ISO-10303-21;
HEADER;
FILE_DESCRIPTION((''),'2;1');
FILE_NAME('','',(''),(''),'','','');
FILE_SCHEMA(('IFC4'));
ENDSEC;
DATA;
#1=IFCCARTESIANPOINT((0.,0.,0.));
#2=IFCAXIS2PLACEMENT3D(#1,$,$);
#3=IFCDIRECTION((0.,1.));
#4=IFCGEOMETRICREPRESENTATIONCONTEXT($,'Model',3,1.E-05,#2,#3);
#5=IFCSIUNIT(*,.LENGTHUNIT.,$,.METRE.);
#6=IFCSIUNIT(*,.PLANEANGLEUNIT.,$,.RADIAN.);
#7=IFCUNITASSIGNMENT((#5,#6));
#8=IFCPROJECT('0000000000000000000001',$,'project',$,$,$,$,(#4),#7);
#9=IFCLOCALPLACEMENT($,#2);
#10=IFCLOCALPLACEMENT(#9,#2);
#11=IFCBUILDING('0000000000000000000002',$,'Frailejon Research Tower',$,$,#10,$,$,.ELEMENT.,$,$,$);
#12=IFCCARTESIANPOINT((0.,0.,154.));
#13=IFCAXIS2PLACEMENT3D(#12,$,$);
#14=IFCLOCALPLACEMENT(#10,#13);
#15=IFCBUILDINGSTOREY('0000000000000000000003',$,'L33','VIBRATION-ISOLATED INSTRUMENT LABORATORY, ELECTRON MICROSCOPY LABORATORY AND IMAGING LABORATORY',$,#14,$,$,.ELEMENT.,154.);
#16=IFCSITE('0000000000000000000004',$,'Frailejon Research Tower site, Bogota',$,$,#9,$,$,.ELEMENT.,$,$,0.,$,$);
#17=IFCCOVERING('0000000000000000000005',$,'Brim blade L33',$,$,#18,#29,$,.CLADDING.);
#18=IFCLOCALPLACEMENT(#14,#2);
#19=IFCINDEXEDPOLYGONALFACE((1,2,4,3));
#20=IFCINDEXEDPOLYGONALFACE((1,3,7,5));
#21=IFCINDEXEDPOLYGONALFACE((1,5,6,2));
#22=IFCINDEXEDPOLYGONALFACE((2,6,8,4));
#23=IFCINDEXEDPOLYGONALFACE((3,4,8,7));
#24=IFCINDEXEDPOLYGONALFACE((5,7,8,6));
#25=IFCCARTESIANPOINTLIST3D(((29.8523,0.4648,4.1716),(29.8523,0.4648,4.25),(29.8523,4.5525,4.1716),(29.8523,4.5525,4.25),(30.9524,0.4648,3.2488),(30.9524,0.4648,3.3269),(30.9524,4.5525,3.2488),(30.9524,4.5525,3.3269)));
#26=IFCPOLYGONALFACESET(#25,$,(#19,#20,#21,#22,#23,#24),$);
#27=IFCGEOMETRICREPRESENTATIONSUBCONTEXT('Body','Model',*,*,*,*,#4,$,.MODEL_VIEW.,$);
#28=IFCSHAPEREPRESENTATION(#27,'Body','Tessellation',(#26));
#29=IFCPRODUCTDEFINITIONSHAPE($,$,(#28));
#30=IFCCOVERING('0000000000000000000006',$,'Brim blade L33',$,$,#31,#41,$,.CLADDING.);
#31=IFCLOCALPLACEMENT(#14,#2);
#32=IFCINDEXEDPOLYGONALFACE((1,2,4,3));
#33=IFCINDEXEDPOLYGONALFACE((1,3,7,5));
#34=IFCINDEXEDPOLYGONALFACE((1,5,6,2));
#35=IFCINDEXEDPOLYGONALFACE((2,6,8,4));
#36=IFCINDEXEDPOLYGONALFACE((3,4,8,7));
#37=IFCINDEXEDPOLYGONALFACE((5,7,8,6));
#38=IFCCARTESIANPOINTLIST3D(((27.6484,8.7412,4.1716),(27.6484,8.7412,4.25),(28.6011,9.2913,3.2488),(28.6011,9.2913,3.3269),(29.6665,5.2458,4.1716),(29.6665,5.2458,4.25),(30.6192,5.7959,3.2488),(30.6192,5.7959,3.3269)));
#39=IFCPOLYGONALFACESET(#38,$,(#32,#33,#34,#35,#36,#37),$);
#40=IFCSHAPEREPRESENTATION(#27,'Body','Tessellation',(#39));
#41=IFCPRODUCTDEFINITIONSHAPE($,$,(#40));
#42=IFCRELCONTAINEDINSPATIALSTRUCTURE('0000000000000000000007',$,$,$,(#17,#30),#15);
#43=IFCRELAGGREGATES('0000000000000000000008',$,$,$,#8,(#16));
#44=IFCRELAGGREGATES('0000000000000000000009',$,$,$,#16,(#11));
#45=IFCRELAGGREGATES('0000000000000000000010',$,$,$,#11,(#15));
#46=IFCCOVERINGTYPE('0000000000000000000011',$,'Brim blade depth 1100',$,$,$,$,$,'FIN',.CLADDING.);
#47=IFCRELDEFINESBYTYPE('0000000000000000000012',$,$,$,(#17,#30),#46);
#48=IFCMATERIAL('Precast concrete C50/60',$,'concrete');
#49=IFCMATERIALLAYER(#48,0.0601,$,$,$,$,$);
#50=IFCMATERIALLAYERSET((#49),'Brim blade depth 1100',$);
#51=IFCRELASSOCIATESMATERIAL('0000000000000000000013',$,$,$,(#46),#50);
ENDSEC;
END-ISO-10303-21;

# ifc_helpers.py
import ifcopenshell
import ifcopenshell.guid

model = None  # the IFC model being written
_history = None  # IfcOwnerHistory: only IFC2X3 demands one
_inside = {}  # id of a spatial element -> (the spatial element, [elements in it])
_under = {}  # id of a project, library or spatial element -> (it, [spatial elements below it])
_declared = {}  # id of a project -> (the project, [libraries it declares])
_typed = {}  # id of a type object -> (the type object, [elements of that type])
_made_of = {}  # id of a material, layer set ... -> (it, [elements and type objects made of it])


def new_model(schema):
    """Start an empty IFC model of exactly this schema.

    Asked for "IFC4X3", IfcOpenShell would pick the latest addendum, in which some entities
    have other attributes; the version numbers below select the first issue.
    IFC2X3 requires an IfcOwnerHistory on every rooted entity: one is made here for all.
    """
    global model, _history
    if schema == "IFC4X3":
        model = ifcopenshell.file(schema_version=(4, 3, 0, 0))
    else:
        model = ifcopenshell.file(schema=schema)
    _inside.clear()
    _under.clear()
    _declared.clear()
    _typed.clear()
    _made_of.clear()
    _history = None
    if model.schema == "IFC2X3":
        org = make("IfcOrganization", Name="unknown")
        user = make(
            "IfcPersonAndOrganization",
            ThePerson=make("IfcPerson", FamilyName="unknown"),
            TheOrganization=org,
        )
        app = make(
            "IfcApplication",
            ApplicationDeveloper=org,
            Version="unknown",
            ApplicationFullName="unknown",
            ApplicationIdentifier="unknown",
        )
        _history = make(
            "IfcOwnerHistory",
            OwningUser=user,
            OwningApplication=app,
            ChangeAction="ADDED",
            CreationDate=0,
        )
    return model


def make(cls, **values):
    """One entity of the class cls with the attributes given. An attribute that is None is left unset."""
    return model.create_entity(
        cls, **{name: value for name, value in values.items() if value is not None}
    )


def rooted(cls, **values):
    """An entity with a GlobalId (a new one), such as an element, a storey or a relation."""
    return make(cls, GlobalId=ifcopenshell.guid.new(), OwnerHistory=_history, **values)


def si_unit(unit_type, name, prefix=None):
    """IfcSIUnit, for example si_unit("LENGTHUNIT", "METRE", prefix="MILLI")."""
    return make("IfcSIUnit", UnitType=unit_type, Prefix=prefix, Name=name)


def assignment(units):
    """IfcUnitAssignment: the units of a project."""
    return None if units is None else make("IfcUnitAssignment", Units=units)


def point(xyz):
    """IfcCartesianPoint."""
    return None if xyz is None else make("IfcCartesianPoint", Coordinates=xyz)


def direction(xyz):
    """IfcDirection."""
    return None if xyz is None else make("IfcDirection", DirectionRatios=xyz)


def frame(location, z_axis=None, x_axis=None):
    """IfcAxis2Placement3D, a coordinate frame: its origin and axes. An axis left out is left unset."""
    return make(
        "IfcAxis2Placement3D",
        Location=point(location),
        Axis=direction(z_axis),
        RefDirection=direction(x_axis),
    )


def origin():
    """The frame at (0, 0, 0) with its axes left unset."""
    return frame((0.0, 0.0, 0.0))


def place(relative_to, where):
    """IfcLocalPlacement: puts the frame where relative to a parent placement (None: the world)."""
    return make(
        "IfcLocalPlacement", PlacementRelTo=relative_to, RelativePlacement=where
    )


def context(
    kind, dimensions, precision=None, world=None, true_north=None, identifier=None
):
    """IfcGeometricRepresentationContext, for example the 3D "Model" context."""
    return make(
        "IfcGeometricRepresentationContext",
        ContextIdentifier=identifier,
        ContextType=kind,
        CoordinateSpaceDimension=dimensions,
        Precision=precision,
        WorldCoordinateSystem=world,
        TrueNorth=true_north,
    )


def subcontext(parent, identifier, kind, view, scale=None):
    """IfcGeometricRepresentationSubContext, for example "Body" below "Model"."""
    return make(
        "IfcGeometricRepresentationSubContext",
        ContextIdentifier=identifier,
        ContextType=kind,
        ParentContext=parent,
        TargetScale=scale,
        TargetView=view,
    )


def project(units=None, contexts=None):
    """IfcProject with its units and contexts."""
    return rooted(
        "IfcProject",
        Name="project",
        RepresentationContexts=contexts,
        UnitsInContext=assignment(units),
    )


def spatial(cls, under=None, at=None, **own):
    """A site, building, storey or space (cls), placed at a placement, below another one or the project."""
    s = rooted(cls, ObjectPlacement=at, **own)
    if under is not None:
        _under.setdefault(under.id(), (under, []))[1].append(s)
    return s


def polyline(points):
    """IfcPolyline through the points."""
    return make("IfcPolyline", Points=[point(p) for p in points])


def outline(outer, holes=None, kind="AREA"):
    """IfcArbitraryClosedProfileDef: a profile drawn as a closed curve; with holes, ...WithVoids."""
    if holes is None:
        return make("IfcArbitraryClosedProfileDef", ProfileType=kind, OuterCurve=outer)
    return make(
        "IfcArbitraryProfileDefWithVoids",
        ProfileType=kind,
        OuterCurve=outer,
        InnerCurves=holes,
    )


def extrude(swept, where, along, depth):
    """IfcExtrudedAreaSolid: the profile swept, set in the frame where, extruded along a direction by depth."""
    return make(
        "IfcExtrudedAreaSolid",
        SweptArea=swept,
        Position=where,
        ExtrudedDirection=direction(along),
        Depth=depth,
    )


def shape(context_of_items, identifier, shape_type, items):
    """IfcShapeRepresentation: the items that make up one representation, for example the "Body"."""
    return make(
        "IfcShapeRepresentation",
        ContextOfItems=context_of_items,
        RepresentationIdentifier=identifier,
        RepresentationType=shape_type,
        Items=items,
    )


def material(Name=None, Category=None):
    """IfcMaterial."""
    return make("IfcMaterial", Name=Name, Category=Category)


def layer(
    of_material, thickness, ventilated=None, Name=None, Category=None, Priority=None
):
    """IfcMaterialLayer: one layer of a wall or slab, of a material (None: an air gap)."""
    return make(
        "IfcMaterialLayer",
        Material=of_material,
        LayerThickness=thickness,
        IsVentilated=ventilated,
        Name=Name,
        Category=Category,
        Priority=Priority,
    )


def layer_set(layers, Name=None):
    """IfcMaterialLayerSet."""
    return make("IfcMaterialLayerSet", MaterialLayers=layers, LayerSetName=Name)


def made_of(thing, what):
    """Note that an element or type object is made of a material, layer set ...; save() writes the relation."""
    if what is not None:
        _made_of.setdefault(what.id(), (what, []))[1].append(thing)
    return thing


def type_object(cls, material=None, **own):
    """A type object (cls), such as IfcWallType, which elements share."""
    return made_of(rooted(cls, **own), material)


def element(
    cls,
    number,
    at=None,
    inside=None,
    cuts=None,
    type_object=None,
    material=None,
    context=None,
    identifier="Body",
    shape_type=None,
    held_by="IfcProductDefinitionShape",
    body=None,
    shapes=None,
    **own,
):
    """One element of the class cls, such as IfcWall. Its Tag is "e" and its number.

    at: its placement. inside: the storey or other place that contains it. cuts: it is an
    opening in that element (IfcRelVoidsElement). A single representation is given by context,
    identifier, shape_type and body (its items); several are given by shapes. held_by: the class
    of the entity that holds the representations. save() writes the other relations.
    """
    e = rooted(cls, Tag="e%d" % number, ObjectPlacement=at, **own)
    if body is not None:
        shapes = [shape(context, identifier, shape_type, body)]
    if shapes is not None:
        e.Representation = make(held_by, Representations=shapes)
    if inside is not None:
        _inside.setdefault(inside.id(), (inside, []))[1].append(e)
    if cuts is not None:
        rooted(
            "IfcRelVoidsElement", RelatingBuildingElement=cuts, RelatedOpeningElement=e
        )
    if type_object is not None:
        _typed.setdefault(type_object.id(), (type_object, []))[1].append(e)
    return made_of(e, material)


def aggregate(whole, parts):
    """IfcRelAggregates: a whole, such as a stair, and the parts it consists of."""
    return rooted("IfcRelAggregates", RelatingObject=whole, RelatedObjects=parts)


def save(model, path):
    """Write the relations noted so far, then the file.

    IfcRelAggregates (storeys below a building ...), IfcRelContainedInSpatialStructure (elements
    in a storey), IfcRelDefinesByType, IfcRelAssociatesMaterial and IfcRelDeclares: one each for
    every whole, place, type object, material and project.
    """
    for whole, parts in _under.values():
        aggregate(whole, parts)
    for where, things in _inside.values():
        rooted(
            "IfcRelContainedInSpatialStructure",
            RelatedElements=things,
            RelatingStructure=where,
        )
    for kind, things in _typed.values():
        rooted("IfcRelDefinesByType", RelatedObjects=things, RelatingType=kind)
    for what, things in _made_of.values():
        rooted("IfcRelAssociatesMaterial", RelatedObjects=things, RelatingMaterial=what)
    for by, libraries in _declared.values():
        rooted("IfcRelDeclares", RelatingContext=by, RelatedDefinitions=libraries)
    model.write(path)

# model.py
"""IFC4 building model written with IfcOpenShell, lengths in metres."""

from ifc_helpers import new_model, si_unit, direction, frame, origin, place, context, subcontext, project, spatial, polyline, outline, extrude, material, layer, layer_set, type_object, element, save


model = new_model("IFC4")

# Units and contexts
model_context = context("Model", 3, precision=1e-05, world=origin(), true_north=direction((0.0, 1.0)))
body_context = subcontext(model_context, "Body", "Model", "MODEL_VIEW")
ifc_project = project(units=[si_unit("LENGTHUNIT", "METRE"), si_unit("PLANEANGLEUNIT", "RADIAN")], contexts=[model_context])

# Site, building, storey
site_placement = place(None, origin())
site = spatial("IfcSite", under=ifc_project, at=site_placement, Name="Frailejon Research Tower site, Bogota", CompositionType="ELEMENT", RefElevation=0.0)
building_placement = place(site_placement, origin())
building = spatial("IfcBuilding", under=site, at=building_placement, Name="Frailejon Research Tower", CompositionType="ELEMENT")
storey_placement = place(building_placement, frame((0.0, 0.0, 154.0)))
storey = spatial("IfcBuildingStorey", under=building, at=storey_placement, Name="L33", Description="VIBRATION-ISOLATED INSTRUMENT LABORATORY, ELECTRON MICROSCOPY LABORATORY AND IMAGING LABORATORY", CompositionType="ELEMENT", Elevation=154.0)

# Coverings
ifc_material_1 = material(Name="Precast concrete C50/60", Category="concrete")
ifc_layer_1 = layer(ifc_material_1, 0.0601)
ifc_layer_set_1 = layer_set([ifc_layer_1], Name="Brim blade depth 1100")
covering_type = type_object("IfcCoveringType", Name="Brim blade depth 1100", ElementType="FIN", PredefinedType="CLADDING", material=ifc_layer_set_1)
covering_1_placement = place(storey_placement, frame((29.8523, 4.5525, 4.25), z_axis=(0.0, -1.0, 0.0), x_axis=(1.0, 0.0, 0.0)))
element("IfcCovering", 1, at=covering_1_placement, inside=storey, type_object=covering_type, Name="Brim blade L33", PredefinedType="CLADDING", context=body_context, shape_type="SweptSolid", body=[
    extrude(outline(polyline([(0.0, -0.0784), (1.1001, -1.0012), (1.1001, -0.9231), (0.0, 0.0), (0.0, -0.0784)])), origin(), (0.0, 0.0, 1.0), 4.0876),
])
covering_2_placement = place(storey_placement, frame((27.6484, 8.7412, 4.25), z_axis=(0.500006, -0.866022, 0.0), x_axis=(0.866022, 0.500006, 0.0)))
element("IfcCovering", 2, at=covering_2_placement, inside=storey, type_object=covering_type, Name="Brim blade L33", PredefinedType="CLADDING", context=body_context, shape_type="SweptSolid", body=[
    extrude(outline(polyline([(0.0, -0.0784), (1.1001, -1.0012), (1.1001, -0.9231), (0.0, 0.0), (0.0, -0.0784)])), origin(), (0.0, 0.0, 1.0), 4.0361),
])

save(model, "model.ifc")
